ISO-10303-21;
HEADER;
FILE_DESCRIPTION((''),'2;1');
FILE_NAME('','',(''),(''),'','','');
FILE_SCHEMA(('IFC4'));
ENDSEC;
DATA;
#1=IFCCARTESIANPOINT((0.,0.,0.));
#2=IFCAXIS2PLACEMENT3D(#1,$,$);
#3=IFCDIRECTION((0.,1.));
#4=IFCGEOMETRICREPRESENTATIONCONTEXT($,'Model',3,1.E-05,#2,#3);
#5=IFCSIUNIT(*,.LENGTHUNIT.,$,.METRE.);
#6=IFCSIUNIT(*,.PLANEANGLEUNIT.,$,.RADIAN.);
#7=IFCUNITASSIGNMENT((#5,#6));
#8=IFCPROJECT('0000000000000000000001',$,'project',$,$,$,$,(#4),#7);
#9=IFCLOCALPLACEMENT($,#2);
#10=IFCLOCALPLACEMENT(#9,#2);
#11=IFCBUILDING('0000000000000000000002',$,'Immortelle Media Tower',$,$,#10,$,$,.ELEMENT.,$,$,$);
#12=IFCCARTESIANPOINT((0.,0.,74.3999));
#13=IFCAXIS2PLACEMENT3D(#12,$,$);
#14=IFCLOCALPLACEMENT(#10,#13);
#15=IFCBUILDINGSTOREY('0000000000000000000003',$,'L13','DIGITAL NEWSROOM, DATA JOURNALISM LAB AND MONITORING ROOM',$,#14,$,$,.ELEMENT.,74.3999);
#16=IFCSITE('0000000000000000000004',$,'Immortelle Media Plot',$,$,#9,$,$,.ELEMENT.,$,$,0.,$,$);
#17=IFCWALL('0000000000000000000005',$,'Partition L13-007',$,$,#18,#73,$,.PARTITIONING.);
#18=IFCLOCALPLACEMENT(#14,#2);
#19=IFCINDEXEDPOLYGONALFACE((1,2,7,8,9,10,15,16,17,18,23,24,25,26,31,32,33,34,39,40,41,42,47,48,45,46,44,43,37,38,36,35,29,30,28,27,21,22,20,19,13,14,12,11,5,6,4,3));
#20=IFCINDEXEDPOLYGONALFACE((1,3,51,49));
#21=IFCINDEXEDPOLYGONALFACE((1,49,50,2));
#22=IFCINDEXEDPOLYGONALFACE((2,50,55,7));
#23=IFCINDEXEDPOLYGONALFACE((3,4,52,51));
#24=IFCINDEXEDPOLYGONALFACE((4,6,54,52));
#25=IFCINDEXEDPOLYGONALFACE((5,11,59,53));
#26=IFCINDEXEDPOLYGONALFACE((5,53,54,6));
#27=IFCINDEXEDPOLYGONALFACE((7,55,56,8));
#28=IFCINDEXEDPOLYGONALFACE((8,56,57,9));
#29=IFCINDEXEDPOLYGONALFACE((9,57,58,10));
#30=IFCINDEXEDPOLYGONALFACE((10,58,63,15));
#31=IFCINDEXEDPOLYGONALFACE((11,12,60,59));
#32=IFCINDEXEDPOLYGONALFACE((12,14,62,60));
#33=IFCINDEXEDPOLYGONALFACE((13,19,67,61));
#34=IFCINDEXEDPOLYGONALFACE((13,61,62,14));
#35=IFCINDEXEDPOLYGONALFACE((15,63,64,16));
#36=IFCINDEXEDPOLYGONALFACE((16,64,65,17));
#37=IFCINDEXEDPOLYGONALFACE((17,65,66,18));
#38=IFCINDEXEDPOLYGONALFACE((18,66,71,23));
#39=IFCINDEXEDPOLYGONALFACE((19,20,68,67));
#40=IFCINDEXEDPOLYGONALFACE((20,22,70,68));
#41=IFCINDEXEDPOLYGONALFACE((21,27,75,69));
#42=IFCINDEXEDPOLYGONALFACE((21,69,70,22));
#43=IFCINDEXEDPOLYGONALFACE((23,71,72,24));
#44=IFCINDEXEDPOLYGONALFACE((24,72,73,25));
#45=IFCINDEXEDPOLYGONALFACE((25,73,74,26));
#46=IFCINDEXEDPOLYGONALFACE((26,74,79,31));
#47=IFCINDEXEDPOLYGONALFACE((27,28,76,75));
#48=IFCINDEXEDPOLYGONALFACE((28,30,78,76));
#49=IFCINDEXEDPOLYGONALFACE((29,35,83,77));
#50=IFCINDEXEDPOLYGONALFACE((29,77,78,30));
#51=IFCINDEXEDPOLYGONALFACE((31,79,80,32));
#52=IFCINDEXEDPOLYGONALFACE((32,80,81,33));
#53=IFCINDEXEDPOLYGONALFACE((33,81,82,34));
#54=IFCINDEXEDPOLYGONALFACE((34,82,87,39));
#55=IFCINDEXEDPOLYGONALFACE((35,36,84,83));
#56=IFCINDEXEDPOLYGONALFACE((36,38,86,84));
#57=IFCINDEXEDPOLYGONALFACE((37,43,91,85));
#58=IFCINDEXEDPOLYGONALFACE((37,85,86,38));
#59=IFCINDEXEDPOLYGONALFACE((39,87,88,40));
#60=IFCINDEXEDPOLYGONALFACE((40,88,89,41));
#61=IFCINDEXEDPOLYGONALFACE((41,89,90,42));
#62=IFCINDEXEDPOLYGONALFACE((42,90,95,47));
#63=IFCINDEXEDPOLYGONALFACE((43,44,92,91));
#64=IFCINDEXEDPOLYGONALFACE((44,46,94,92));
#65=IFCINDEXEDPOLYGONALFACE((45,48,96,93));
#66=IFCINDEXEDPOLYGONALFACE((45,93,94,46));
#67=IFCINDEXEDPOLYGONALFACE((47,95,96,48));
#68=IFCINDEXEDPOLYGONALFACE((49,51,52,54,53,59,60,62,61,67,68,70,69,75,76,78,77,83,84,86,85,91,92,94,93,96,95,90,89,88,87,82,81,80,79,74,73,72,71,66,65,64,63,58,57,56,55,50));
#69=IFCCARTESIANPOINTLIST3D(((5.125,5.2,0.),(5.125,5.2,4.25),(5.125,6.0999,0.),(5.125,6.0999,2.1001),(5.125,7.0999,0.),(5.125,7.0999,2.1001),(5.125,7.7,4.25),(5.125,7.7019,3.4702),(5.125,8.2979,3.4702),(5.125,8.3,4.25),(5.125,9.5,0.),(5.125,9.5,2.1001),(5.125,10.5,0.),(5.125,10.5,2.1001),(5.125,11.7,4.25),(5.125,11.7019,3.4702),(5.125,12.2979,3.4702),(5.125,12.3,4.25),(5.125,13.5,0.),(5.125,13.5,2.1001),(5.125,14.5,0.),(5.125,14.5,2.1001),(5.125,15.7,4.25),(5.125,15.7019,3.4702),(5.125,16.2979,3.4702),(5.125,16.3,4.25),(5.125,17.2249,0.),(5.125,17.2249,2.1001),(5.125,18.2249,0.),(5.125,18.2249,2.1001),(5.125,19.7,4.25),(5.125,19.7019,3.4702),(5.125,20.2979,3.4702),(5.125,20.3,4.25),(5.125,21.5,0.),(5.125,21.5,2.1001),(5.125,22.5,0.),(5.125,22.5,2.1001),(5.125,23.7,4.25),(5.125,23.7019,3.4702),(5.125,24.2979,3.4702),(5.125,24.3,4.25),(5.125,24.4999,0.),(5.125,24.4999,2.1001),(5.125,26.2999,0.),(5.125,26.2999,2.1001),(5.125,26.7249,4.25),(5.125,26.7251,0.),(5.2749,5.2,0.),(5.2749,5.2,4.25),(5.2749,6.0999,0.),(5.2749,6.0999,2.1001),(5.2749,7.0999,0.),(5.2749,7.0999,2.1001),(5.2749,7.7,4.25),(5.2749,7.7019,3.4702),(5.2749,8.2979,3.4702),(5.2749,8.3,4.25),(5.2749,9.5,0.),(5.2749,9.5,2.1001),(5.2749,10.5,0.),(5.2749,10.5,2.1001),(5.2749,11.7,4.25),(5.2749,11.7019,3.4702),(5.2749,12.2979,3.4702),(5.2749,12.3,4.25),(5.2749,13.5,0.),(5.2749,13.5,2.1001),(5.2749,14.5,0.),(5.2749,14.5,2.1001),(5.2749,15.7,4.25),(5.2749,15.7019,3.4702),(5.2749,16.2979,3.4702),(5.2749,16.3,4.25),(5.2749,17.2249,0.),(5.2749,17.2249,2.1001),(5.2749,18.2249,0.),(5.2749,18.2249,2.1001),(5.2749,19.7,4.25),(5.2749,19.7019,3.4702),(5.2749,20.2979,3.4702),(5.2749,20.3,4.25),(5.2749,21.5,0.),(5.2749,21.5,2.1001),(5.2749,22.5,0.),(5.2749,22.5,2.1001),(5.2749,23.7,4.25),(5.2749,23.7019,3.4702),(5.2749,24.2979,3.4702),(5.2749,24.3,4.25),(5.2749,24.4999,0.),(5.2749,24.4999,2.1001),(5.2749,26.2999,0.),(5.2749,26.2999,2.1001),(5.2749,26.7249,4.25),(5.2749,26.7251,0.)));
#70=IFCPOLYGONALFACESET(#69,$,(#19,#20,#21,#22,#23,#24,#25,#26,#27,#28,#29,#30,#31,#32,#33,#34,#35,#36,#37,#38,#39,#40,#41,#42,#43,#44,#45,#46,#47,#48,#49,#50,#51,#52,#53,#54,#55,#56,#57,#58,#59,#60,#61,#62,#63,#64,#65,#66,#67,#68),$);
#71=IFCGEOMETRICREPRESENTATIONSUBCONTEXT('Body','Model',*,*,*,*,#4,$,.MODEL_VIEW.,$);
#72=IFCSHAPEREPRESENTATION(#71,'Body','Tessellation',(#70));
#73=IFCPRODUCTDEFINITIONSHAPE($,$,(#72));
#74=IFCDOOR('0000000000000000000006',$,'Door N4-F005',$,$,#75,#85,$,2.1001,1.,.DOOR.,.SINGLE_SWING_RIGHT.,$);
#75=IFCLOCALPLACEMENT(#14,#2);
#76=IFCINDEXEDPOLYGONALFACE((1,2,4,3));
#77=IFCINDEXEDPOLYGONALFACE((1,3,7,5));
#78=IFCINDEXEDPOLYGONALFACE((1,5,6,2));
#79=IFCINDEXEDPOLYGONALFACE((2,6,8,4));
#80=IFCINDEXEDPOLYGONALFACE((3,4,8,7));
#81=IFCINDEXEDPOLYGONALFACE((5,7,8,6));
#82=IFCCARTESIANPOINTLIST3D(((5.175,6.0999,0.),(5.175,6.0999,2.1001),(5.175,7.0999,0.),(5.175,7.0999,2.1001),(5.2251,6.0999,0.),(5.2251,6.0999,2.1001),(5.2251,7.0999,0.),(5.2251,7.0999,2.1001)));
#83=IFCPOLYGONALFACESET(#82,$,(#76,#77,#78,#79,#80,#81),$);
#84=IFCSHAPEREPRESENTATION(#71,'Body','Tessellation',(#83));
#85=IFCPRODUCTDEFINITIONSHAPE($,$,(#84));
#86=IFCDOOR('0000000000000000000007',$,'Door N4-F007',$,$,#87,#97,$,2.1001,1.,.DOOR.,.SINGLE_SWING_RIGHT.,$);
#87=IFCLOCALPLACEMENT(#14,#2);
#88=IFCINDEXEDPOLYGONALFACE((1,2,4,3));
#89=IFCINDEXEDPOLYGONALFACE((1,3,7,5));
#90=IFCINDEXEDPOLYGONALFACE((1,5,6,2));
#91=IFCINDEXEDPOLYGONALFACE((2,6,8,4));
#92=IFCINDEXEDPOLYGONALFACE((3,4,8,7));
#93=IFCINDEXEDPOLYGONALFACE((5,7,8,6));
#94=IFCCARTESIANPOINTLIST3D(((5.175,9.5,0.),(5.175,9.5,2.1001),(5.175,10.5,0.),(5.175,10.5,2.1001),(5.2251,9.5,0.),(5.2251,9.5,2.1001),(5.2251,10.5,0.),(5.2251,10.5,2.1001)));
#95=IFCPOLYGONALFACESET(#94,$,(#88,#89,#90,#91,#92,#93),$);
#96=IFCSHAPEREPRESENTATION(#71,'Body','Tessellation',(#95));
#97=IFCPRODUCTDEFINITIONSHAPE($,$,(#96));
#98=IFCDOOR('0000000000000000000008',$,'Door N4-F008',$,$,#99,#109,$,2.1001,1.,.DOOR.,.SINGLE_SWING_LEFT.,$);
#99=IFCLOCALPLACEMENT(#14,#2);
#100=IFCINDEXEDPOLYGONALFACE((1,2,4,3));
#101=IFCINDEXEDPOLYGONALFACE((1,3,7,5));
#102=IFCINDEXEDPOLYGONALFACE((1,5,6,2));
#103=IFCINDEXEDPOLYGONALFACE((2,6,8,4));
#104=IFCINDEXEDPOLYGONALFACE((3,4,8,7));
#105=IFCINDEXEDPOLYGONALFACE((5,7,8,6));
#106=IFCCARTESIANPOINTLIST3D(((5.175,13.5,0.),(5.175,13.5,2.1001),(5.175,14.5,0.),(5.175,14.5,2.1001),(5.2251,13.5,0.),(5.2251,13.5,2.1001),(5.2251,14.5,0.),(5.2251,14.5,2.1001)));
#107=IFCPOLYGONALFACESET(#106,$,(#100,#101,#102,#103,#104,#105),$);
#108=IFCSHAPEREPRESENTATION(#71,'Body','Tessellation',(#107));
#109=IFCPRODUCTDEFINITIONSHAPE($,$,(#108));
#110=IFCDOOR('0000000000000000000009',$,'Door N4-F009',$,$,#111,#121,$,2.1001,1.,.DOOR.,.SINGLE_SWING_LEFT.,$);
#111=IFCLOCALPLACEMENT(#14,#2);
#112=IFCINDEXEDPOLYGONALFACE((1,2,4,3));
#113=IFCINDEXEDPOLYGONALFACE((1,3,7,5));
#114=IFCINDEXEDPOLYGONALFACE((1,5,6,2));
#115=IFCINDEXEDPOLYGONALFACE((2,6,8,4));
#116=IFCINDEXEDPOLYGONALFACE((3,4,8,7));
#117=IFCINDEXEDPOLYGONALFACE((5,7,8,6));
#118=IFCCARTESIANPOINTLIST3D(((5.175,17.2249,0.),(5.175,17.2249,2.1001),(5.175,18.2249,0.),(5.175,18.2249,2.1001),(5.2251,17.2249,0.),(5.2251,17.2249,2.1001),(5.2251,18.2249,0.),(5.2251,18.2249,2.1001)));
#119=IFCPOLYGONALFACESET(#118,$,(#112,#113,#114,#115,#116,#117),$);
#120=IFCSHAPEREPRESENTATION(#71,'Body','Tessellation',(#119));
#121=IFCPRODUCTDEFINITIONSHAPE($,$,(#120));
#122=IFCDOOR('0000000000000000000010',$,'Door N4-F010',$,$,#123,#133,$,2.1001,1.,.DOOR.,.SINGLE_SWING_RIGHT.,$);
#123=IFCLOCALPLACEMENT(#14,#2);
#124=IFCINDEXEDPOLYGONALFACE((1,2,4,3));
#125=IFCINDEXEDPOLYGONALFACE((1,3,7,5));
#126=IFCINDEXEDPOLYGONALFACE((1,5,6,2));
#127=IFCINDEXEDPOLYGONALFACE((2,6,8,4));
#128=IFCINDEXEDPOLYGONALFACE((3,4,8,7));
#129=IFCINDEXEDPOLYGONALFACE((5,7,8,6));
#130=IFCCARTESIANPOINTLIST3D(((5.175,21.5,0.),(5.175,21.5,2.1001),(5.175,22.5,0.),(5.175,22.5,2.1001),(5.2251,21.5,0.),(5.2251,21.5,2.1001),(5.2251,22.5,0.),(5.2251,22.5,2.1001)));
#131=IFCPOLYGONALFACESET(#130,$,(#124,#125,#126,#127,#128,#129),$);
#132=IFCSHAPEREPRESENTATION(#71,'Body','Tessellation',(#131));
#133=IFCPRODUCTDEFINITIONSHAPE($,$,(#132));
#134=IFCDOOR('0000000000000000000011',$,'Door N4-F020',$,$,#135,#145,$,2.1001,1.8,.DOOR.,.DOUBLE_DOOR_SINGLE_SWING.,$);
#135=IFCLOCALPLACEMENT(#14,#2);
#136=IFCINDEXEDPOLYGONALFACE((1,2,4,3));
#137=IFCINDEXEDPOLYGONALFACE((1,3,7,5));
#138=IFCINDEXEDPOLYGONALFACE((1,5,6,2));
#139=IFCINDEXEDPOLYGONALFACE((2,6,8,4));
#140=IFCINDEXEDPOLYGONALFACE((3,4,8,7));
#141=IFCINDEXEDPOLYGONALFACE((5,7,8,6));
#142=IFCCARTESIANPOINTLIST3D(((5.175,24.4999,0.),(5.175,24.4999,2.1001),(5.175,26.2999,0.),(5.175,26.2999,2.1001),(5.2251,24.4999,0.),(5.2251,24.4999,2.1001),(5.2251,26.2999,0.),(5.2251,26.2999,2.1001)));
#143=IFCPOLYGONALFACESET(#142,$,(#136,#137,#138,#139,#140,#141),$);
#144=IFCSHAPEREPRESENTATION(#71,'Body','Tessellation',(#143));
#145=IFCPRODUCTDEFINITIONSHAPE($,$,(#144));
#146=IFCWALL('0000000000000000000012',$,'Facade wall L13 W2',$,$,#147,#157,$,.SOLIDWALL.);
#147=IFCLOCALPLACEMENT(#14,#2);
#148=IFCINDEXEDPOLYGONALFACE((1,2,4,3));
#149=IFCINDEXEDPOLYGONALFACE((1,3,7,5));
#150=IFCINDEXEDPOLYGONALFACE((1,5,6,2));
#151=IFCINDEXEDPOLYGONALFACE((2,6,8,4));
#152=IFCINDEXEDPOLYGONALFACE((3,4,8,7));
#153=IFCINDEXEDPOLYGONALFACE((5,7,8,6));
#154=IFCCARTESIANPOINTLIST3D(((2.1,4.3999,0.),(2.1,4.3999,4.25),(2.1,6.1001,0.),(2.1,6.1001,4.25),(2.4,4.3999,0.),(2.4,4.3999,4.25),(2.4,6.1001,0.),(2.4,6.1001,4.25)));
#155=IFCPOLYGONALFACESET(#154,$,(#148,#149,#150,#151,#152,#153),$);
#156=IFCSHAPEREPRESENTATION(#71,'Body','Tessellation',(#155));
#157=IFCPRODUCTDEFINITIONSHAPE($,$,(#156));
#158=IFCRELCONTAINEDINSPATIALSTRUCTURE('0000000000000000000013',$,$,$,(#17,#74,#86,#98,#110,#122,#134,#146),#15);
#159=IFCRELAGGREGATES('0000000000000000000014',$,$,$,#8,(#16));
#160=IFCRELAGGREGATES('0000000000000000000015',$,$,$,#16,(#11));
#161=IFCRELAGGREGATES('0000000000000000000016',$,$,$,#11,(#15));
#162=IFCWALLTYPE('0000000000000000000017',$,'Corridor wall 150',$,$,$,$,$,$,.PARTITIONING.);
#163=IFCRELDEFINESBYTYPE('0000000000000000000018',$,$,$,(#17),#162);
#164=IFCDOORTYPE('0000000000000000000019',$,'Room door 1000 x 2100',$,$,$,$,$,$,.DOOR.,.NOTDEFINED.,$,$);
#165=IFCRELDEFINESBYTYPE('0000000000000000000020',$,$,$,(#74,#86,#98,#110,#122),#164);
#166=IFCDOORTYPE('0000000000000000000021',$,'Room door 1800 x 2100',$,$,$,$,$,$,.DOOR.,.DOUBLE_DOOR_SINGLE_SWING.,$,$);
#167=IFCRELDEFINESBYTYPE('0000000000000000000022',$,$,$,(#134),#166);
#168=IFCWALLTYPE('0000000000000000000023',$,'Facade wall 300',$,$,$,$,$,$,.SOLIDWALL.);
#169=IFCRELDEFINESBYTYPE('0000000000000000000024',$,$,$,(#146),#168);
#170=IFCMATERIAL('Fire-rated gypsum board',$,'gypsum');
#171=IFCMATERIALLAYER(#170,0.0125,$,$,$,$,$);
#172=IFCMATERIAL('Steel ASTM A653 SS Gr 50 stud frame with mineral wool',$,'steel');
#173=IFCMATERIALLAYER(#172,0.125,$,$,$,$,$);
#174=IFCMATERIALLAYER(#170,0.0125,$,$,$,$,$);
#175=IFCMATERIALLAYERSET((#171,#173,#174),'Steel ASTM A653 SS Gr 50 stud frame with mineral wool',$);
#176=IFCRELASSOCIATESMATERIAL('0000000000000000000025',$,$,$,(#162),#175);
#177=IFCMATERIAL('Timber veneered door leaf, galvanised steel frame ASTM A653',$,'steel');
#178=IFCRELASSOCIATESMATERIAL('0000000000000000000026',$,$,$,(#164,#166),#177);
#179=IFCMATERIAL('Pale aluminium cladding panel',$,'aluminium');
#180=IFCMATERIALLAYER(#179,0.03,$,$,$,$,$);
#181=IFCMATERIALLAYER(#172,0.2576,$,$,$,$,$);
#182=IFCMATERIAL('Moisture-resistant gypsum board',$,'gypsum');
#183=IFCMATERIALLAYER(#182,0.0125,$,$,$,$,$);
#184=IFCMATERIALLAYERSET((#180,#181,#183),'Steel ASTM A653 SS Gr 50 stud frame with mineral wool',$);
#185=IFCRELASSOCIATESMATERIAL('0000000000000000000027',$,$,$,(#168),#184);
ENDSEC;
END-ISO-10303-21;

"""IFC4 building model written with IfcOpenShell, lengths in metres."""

from ifc_helpers import new_model, si_unit, direction, frame, frame_2d, origin, place, context, subcontext, project, spatial, polyline, rectangle, outline, extrude, material, layer, layer_set, type_object, element, fill, save


model = new_model("IFC4")

# Units and contexts
model_context = context("Model", 3, precision=1e-05, world=origin(), true_north=direction((0.0, 1.0)))
body_context = subcontext(model_context, "Body", "Model", "MODEL_VIEW")
ifc_project = project(units=[si_unit("LENGTHUNIT", "METRE"), si_unit("PLANEANGLEUNIT", "RADIAN")], contexts=[model_context])

# Site, building, storey
site_placement = place(None, origin())
site = spatial("IfcSite", under=ifc_project, at=site_placement, Name="Immortelle Media Plot", CompositionType="ELEMENT", RefElevation=0.0)
building_placement = place(site_placement, origin())
building = spatial("IfcBuilding", under=site, at=building_placement, Name="Immortelle Media Tower", CompositionType="ELEMENT")
storey_placement = place(building_placement, frame((0.0, 0.0, 74.3999)))
storey = spatial("IfcBuildingStorey", under=building, at=storey_placement, Name="L13", Description="DIGITAL NEWSROOM, DATA JOURNALISM LAB AND MONITORING ROOM", CompositionType="ELEMENT", Elevation=74.3999)

# Wall, openings, doors
ifc_material_1 = material(Name="Fire-rated gypsum board", Category="gypsum")
ifc_layer_1 = layer(ifc_material_1, 0.0125)
ifc_material_2 = material(Name="Steel ASTM A653 SS Gr 50 stud frame with mineral wool", Category="steel")
ifc_layer_2 = layer(ifc_material_2, 0.125)
ifc_layer_3 = layer(ifc_material_1, 0.0125)
ifc_layer_set_1 = layer_set([ifc_layer_1, ifc_layer_2, ifc_layer_3], Name="Steel ASTM A653 SS Gr 50 stud frame with mineral wool")
wall_type_1 = type_object("IfcWallType", Name="Corridor wall 150", PredefinedType="PARTITIONING", material=ifc_layer_set_1)
ifc_material_3 = material(Name="Timber veneered door leaf, galvanised steel frame ASTM A653", Category="steel")
door_type_1 = type_object("IfcDoorType", Name="Room door 1000 x 2100", OperationType="NOTDEFINED", PredefinedType="DOOR", material=ifc_material_3)
door_type_2 = type_object("IfcDoorType", Name="Room door 1800 x 2100", OperationType="DOUBLE_DOOR_SINGLE_SWING", PredefinedType="DOOR", material=ifc_material_3)
wall_1_placement = place(storey_placement, frame((5.2, 5.2, 0.0), z_axis=(0.0, 0.0, 1.0), x_axis=(0.0, 1.0, 0.0)))
wall_1 = element("IfcWall", 1, at=wall_1_placement, inside=storey, type_object=wall_type_1, Name="Partition L13-007", PredefinedType="PARTITIONING", context=body_context, shape_type="SweptSolid", body=[
    extrude(outline(polyline([(0.0, 0.0), (21.5251, 0.0), (21.5249, 4.25), (19.1001, 4.25), (19.0979, 3.4702), (18.502, 3.4702), (18.5, 4.25), (15.1001, 4.25), (15.0979, 3.4702), (14.502, 3.4702), (14.5, 4.25), (11.1001, 4.25), (11.0979, 3.4702), (10.502, 3.4702), (10.5, 4.25), (7.1001, 4.25), (7.0979, 3.4702), (6.502, 3.4702), (6.5, 4.25), (3.1001, 4.25), (3.0979, 3.4702), (2.502, 3.4702), (2.5, 4.25), (0.0, 4.25), (0.0, 0.0)])), frame((0.0, 0.075, 0.0), z_axis=(0.0, -1.0, 0.0), x_axis=(1.0, 0.0, 0.0)), (0.0, 0.0, 1.0), 0.1499),
])
opening_1_placement = place(wall_1_placement, frame((0.8999, 0.0, 0.0)))
opening_1 = element("IfcOpeningElement", 2, at=opening_1_placement, cuts=wall_1, PredefinedType="OPENING", context=body_context, shape_type="SweptSolid", body=[
    extrude(rectangle(XDim=1.0, YDim=2.1001, at=frame_2d((0.5, 1.05))), frame((0.0, 0.085, 0.0), z_axis=(0.0, -1.0, 0.0), x_axis=(1.0, 0.0, 0.0)), (0.0, 0.0, 1.0), 0.1699),
])
opening_2_placement = place(wall_1_placement, frame((4.3, 0.0, 0.0)))
opening_2 = element("IfcOpeningElement", 3, at=opening_2_placement, cuts=wall_1, PredefinedType="OPENING", context=body_context, shape_type="SweptSolid", body=[
    extrude(rectangle(XDim=1.0, YDim=2.1001, at=frame_2d((0.5, 1.05))), frame((0.0, 0.085, 0.0), z_axis=(0.0, -1.0, 0.0), x_axis=(1.0, 0.0, 0.0)), (0.0, 0.0, 1.0), 0.1699),
])
opening_3_placement = place(wall_1_placement, frame((8.3, 0.0, 0.0)))
opening_3 = element("IfcOpeningElement", 4, at=opening_3_placement, cuts=wall_1, PredefinedType="OPENING", context=body_context, shape_type="SweptSolid", body=[
    extrude(rectangle(XDim=1.0, YDim=2.1001, at=frame_2d((0.5, 1.05))), frame((0.0, 0.085, 0.0), z_axis=(0.0, -1.0, 0.0), x_axis=(1.0, 0.0, 0.0)), (0.0, 0.0, 1.0), 0.1699),
])
opening_4_placement = place(wall_1_placement, frame((12.0249, 0.0, 0.0)))
opening_4 = element("IfcOpeningElement", 5, at=opening_4_placement, cuts=wall_1, PredefinedType="OPENING", context=body_context, shape_type="SweptSolid", body=[
    extrude(rectangle(XDim=1.0, YDim=2.1001, at=frame_2d((0.5, 1.05))), frame((0.0, 0.085, 0.0), z_axis=(0.0, -1.0, 0.0), x_axis=(1.0, 0.0, 0.0)), (0.0, 0.0, 1.0), 0.1699),
])
opening_5_placement = place(wall_1_placement, frame((16.3, 0.0, 0.0)))
opening_5 = element("IfcOpeningElement", 6, at=opening_5_placement, cuts=wall_1, PredefinedType="OPENING", context=body_context, shape_type="SweptSolid", body=[
    extrude(rectangle(XDim=1.0, YDim=2.1001, at=frame_2d((0.5, 1.05))), frame((0.0, 0.085, 0.0), z_axis=(0.0, -1.0, 0.0), x_axis=(1.0, 0.0, 0.0)), (0.0, 0.0, 1.0), 0.1699),
])
opening_6_placement = place(wall_1_placement, frame((19.3, 0.0, 0.0)))
opening_6 = element("IfcOpeningElement", 7, at=opening_6_placement, cuts=wall_1, PredefinedType="OPENING", context=body_context, shape_type="SweptSolid", body=[
    extrude(rectangle(XDim=1.8, YDim=2.1001, at=frame_2d((0.8999, 1.05))), frame((0.0, 0.085, 0.0), z_axis=(0.0, -1.0, 0.0), x_axis=(1.0, 0.0, 0.0)), (0.0, 0.0, 1.0), 0.1699),
])
door_1_placement = place(opening_1_placement, origin())
door_1 = element("IfcDoor", 8, at=door_1_placement, inside=storey, type_object=door_type_1, Name="Door N4-F005", OperationType="SINGLE_SWING_RIGHT", OverallHeight=2.1001, OverallWidth=1.0, PredefinedType="DOOR", context=body_context, shape_type="SweptSolid", body=[
    extrude(rectangle(XDim=1.0, YDim=2.1001, at=frame_2d((0.5, 1.05))), frame((0.0, 0.0249, 0.0), z_axis=(0.0, -1.0, 0.0), x_axis=(1.0, 0.0, 0.0)), (0.0, 0.0, 1.0), 0.05),
])
fill(opening_1, door_1)
door_2_placement = place(opening_2_placement, origin())
door_2 = element("IfcDoor", 9, at=door_2_placement, inside=storey, type_object=door_type_1, Name="Door N4-F007", OperationType="SINGLE_SWING_RIGHT", OverallHeight=2.1001, OverallWidth=1.0, PredefinedType="DOOR", context=body_context, shape_type="SweptSolid", body=[
    extrude(rectangle(XDim=1.0, YDim=2.1001, at=frame_2d((0.5, 1.05))), frame((0.0, 0.0249, 0.0), z_axis=(0.0, -1.0, 0.0), x_axis=(1.0, 0.0, 0.0)), (0.0, 0.0, 1.0), 0.05),
])
fill(opening_2, door_2)
door_3_placement = place(opening_3_placement, origin())
door_3 = element("IfcDoor", 10, at=door_3_placement, inside=storey, type_object=door_type_1, Name="Door N4-F008", OperationType="SINGLE_SWING_LEFT", OverallHeight=2.1001, OverallWidth=1.0, PredefinedType="DOOR", context=body_context, shape_type="SweptSolid", body=[
    extrude(rectangle(XDim=1.0, YDim=2.1001, at=frame_2d((0.5, 1.05))), frame((0.0, 0.0249, 0.0), z_axis=(0.0, -1.0, 0.0), x_axis=(1.0, 0.0, 0.0)), (0.0, 0.0, 1.0), 0.05),
])
fill(opening_3, door_3)
door_4_placement = place(opening_4_placement, origin())
door_4 = element("IfcDoor", 11, at=door_4_placement, inside=storey, type_object=door_type_1, Name="Door N4-F009", OperationType="SINGLE_SWING_LEFT", OverallHeight=2.1001, OverallWidth=1.0, PredefinedType="DOOR", context=body_context, shape_type="SweptSolid", body=[
    extrude(rectangle(XDim=1.0, YDim=2.1001, at=frame_2d((0.5, 1.05))), frame((0.0, 0.0249, 0.0), z_axis=(0.0, -1.0, 0.0), x_axis=(1.0, 0.0, 0.0)), (0.0, 0.0, 1.0), 0.05),
])
fill(opening_4, door_4)
door_5_placement = place(opening_5_placement, origin())
door_5 = element("IfcDoor", 12, at=door_5_placement, inside=storey, type_object=door_type_1, Name="Door N4-F010", OperationType="SINGLE_SWING_RIGHT", OverallHeight=2.1001, OverallWidth=1.0, PredefinedType="DOOR", context=body_context, shape_type="SweptSolid", body=[
    extrude(rectangle(XDim=1.0, YDim=2.1001, at=frame_2d((0.5, 1.05))), frame((0.0, 0.0249, 0.0), z_axis=(0.0, -1.0, 0.0), x_axis=(1.0, 0.0, 0.0)), (0.0, 0.0, 1.0), 0.05),
])
fill(opening_5, door_5)
door_6_placement = place(opening_6_placement, origin())
door_6 = element("IfcDoor", 13, at=door_6_placement, inside=storey, type_object=door_type_2, Name="Door N4-F020", OperationType="DOUBLE_DOOR_SINGLE_SWING", OverallHeight=2.1001, OverallWidth=1.8, PredefinedType="DOOR", context=body_context, shape_type="SweptSolid", body=[
    extrude(rectangle(XDim=1.8, YDim=2.1001, at=frame_2d((0.8999, 1.05))), frame((0.0, 0.0249, 0.0), z_axis=(0.0, -1.0, 0.0), x_axis=(1.0, 0.0, 0.0)), (0.0, 0.0, 1.0), 0.05),
])
fill(opening_6, door_6)

# Wall
ifc_material_4 = material(Name="Pale aluminium cladding panel", Category="aluminium")
ifc_layer_4 = layer(ifc_material_4, 0.03)
ifc_layer_5 = layer(ifc_material_2, 0.2576)
ifc_material_5 = material(Name="Moisture-resistant gypsum board", Category="gypsum")
ifc_layer_6 = layer(ifc_material_5, 0.0125)
ifc_layer_set_2 = layer_set([ifc_layer_4, ifc_layer_5, ifc_layer_6], Name="Steel ASTM A653 SS Gr 50 stud frame with mineral wool")
wall_type_2 = type_object("IfcWallType", Name="Facade wall 300", PredefinedType="SOLIDWALL", material=ifc_layer_set_2)
wall_2_placement = place(storey_placement, frame((2.25, 6.1001, 0.0), z_axis=(0.0, 0.0, 1.0), x_axis=(0.0, -1.0, 0.0)))
element("IfcWall", 14, at=wall_2_placement, inside=storey, type_object=wall_type_2, Name="Facade wall L13 W2", PredefinedType="SOLIDWALL", context=body_context, shape_type="SweptSolid", body=[
    extrude(rectangle(XDim=1.7002, YDim=0.3, at=frame_2d((0.8501, 0.0))), origin(), (0.0, 0.0, 1.0), 4.25),
])

save(model, "model.ifc")
